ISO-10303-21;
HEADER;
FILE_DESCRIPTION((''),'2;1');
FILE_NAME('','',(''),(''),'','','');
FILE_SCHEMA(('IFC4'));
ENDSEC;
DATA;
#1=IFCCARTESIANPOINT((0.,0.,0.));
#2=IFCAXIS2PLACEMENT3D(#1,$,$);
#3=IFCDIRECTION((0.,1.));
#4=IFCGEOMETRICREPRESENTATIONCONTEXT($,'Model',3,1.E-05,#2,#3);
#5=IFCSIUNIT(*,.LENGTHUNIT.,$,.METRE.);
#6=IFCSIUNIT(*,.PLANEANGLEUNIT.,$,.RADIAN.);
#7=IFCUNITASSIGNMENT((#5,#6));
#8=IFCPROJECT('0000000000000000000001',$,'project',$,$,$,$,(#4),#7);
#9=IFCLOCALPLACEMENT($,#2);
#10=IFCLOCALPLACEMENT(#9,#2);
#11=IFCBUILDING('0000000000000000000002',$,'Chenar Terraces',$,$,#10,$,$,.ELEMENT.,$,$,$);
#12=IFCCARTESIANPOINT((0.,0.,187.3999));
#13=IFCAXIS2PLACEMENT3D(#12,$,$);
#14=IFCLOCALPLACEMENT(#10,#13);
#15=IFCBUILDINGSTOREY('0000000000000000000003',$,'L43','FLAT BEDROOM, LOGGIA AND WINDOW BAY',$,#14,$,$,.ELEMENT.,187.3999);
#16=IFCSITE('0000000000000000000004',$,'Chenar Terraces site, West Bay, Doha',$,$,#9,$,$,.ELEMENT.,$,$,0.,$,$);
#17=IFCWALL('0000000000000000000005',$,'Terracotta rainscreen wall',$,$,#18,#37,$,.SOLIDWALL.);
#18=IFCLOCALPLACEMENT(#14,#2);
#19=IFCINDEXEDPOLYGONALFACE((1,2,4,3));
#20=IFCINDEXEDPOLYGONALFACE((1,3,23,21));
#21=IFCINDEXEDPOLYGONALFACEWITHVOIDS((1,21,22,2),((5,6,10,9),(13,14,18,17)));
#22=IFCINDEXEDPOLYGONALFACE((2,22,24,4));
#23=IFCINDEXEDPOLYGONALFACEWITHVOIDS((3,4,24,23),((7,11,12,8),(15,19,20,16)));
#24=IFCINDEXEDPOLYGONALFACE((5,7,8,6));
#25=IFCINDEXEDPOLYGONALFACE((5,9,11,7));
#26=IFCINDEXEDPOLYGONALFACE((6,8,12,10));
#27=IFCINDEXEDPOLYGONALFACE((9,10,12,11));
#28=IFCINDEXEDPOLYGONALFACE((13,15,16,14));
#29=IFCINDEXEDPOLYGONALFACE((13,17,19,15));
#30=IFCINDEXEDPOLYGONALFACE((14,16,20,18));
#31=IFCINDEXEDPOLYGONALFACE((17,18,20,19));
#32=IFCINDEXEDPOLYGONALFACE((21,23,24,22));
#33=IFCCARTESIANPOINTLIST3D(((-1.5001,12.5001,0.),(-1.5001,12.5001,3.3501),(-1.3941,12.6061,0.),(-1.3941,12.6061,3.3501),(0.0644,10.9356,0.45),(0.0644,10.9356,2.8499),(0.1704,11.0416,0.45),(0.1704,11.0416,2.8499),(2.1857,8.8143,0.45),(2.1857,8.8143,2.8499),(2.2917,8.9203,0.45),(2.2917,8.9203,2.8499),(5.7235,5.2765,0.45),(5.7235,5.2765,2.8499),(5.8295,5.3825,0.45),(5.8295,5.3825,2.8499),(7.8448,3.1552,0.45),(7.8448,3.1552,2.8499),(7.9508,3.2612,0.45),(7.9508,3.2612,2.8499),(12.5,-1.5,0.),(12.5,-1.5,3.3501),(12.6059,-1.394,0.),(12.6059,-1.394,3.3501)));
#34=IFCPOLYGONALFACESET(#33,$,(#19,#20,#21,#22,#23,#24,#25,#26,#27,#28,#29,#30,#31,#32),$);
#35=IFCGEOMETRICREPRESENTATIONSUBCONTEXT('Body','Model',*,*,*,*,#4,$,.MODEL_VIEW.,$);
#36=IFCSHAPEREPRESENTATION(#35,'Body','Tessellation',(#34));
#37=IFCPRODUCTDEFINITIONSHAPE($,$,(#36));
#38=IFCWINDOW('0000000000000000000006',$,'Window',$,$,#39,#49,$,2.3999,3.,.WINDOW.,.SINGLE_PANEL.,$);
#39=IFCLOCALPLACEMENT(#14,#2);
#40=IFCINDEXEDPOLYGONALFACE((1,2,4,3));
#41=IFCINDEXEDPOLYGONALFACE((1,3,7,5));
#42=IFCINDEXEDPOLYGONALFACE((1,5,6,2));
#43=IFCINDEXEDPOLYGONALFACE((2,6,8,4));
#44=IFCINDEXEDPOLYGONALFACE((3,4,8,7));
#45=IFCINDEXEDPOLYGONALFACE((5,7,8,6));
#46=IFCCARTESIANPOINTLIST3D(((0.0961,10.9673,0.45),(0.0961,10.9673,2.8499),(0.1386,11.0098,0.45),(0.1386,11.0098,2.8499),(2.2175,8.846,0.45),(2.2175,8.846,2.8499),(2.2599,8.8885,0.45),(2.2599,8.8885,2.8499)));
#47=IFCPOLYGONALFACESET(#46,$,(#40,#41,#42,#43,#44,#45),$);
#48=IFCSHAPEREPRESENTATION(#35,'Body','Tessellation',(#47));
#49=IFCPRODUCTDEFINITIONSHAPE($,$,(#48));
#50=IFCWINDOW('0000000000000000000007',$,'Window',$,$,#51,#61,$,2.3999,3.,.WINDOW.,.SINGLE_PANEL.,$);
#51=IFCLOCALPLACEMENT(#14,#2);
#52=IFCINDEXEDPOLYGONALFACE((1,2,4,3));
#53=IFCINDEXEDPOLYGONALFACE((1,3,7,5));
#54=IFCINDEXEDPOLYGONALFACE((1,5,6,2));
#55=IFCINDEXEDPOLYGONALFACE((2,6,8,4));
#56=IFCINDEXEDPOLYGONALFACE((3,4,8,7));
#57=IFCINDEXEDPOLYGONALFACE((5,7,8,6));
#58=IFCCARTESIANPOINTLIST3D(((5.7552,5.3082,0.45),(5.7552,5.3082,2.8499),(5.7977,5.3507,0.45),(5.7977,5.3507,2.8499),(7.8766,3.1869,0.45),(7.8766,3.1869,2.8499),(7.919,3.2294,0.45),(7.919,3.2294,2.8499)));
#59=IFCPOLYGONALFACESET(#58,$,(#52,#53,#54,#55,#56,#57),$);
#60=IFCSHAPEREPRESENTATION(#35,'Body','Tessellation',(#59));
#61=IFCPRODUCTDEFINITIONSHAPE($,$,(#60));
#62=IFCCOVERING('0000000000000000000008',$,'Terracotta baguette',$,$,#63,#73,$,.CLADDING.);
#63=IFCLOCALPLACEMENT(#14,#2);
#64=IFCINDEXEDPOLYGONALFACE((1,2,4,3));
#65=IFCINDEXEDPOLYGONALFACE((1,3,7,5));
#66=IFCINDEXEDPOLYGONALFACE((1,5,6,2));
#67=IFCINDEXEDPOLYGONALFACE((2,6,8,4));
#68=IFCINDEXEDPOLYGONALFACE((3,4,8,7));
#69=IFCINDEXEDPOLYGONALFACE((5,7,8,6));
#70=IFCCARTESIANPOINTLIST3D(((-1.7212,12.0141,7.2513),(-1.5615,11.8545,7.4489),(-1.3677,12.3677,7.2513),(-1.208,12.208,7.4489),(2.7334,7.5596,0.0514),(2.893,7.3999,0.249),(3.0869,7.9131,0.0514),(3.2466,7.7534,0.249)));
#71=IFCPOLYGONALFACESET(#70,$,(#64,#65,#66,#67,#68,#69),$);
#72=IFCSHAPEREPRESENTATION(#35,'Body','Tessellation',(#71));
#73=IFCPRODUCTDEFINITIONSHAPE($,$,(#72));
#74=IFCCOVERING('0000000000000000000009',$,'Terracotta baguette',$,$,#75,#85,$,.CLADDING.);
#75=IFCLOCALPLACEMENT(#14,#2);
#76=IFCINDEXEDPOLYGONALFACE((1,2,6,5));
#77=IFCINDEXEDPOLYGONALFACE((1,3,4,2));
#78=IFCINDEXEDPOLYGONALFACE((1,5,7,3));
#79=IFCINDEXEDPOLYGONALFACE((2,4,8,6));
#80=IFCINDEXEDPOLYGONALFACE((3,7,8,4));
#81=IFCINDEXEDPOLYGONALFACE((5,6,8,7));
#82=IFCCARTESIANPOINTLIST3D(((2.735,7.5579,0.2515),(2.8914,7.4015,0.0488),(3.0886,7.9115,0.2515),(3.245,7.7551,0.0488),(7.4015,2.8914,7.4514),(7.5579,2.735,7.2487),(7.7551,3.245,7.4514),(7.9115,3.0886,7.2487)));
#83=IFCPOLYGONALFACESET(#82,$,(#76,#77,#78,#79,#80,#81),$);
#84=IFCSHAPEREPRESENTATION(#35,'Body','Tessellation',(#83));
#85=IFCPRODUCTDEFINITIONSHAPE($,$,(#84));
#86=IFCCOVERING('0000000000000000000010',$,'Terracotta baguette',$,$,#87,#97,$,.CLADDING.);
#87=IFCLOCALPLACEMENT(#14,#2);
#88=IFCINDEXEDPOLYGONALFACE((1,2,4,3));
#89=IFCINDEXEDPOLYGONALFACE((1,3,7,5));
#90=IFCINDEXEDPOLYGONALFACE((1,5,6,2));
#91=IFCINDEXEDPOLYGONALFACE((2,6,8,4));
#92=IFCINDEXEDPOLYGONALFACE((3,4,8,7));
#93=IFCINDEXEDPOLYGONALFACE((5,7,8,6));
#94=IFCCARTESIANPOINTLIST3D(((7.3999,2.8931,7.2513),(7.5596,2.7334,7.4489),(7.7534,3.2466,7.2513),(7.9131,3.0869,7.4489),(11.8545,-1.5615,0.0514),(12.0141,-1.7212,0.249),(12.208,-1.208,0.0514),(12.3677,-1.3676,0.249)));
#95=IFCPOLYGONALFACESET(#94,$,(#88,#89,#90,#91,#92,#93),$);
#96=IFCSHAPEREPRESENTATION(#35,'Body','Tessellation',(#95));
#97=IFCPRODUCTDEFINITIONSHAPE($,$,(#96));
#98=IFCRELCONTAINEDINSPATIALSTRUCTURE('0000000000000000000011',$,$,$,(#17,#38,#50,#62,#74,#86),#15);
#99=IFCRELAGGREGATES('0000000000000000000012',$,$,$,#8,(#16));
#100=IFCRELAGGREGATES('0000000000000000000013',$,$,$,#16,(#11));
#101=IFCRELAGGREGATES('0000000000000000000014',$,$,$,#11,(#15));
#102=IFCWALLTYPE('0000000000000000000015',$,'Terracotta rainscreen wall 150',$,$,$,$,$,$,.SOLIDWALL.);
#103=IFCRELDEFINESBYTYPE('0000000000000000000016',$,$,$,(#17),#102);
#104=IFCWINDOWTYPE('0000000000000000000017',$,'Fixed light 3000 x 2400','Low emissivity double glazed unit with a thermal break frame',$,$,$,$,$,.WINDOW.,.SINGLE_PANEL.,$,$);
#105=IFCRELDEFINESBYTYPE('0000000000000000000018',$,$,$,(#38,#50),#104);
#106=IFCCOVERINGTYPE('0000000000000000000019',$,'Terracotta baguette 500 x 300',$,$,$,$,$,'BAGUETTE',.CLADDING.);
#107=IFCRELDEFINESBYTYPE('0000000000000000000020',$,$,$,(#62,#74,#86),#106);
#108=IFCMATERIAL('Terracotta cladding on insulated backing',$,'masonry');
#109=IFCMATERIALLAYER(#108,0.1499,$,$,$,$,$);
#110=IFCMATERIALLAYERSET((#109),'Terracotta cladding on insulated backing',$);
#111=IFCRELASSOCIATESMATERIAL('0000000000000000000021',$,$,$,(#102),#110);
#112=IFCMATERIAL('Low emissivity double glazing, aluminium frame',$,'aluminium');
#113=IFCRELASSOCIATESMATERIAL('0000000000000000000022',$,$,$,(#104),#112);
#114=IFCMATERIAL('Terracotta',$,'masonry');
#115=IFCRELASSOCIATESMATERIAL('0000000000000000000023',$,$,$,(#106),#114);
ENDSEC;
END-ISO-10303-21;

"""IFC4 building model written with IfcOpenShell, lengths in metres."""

from ifc_helpers import new_model, si_unit, direction, frame, frame_2d, origin, origin_2d, place, context, subcontext, project, spatial, rectangle, extrude, material, layer, layer_set, material_profile, profile_set, type_object, element, fill, save


model = new_model("IFC4")

# Units and contexts
model_context = context("Model", 3, precision=1e-05, world=origin(), true_north=direction((0.0, 1.0)))
body_context = subcontext(model_context, "Body", "Model", "MODEL_VIEW")
ifc_project = project(units=[si_unit("LENGTHUNIT", "METRE"), si_unit("PLANEANGLEUNIT", "RADIAN")], contexts=[model_context])

# Site, building, storey
site_placement = place(None, origin())
site = spatial("IfcSite", under=ifc_project, at=site_placement, Name="Chenar Terraces site, West Bay, Doha", CompositionType="ELEMENT", RefElevation=0.0)
building_placement = place(site_placement, origin())
building = spatial("IfcBuilding", under=site, at=building_placement, Name="Chenar Terraces", CompositionType="ELEMENT")
storey_placement = place(building_placement, frame((0.0, 0.0, 187.3999)))
storey = spatial("IfcBuildingStorey", under=building, at=storey_placement, Name="L43", Description="FLAT BEDROOM, LOGGIA AND WINDOW BAY", CompositionType="ELEMENT", Elevation=187.3999)

# Wall, openings, windows
ifc_material_1 = material(Name="Terracotta cladding on insulated backing", Category="masonry")
ifc_layer_1 = layer(ifc_material_1, 0.1499)
ifc_layer_set_1 = layer_set([ifc_layer_1], Name="Terracotta cladding on insulated backing")
wall_type_1 = type_object("IfcWallType", Name="Terracotta rainscreen wall 150", PredefinedType="SOLIDWALL", material=ifc_layer_set_1)
wall_1_placement = place(storey_placement, frame((-1.447, 12.553, 0.0), z_axis=(0.0, 0.0, 1.0), x_axis=(0.707107, -0.707107, 0.0)))
wall_1 = element("IfcWall", 1, at=wall_1_placement, inside=storey, type_object=wall_type_1, Name="Terracotta rainscreen wall", PredefinedType="SOLIDWALL", context=body_context, shape_type="SweptSolid", body=[
    extrude(rectangle(XDim=19.7991, YDim=0.1499, at=frame_2d((9.8994, 0.0))), origin(), (0.0, 0.0, 1.0), 3.3501),
])
opening_1_placement = place(wall_1_placement, frame((2.2124, 0.0, 0.45)))
opening_1 = element("IfcOpeningElement", 2, at=opening_1_placement, cuts=wall_1, PredefinedType="OPENING", context=body_context, shape_type="SweptSolid", body=[
    extrude(rectangle(XDim=3.0, YDim=2.3999, at=frame_2d((1.5, 1.2))), frame((0.0, 0.085, 0.0), z_axis=(0.0, -1.0, 0.0), x_axis=(1.0, 0.0, 0.0)), (0.0, 0.0, 1.0), 0.1699),
])
opening_2_placement = place(wall_1_placement, frame((10.2156, 0.0, 0.45)))
opening_2 = element("IfcOpeningElement", 3, at=opening_2_placement, cuts=wall_1, PredefinedType="OPENING", context=body_context, shape_type="SweptSolid", body=[
    extrude(rectangle(XDim=3.0, YDim=2.3999, at=frame_2d((1.5, 1.2))), frame((0.0, 0.085, 0.0), z_axis=(0.0, -1.0, 0.0), x_axis=(1.0, 0.0, 0.0)), (0.0, 0.0, 1.0), 0.1699),
])
ifc_material_2 = material(Name="Low emissivity double glazing, aluminium frame", Category="aluminium")
window_type = type_object("IfcWindowType", Name="Fixed light 3000 x 2400", Description="Low emissivity double glazed unit with a thermal break frame", PartitioningType="SINGLE_PANEL", PredefinedType="WINDOW", material=ifc_material_2)
window_1_placement = place(opening_1_placement, origin())
window_1 = element("IfcWindow", 4, at=window_1_placement, inside=storey, type_object=window_type, Name="Window", OverallHeight=2.3999, OverallWidth=3.0, PartitioningType="SINGLE_PANEL", PredefinedType="WINDOW", context=body_context, shape_type="SweptSolid", body=[
    extrude(rectangle(XDim=3.0, YDim=2.3999, at=frame_2d((1.5, 1.2))), frame((0.0, 0.03, 0.0), z_axis=(0.0, -1.0, 0.0), x_axis=(1.0, 0.0, 0.0)), (0.0, 0.0, 1.0), 0.0601),
])
fill(opening_1, window_1)
window_2_placement = place(opening_2_placement, origin())
window_2 = element("IfcWindow", 5, at=window_2_placement, inside=storey, type_object=window_type, Name="Window", OverallHeight=2.3999, OverallWidth=3.0, PartitioningType="SINGLE_PANEL", PredefinedType="WINDOW", context=body_context, shape_type="SweptSolid", body=[
    extrude(rectangle(XDim=3.0, YDim=2.3999, at=frame_2d((1.5, 1.2))), frame((0.0, 0.03, 0.0), z_axis=(0.0, -1.0, 0.0), x_axis=(1.0, 0.0, 0.0)), (0.0, 0.0, 1.0), 0.0601),
])
fill(opening_2, window_2)

# Coverings
ifc_material_3 = material(Name="Terracotta", Category="masonry")
ifc_material_profile = material_profile(ifc_material_3, rectangle(XDim=0.5, YDim=0.3, at=origin_2d()), Name="Terracotta baguette 500 x 300")
ifc_profile_set = profile_set([ifc_material_profile], Name="Terracotta")
covering_type = type_object("IfcCoveringType", Name="Terracotta baguette 500 x 300", ElementType="BAGUETTE", PredefinedType="CLADDING", material=ifc_profile_set)
covering_1_placement = place(storey_placement, frame((-1.4646, 12.1111, 7.3501), z_axis=(0.465624, -0.465624, -0.752588), x_axis=(0.707107, 0.707107, 0.0)))
element("IfcCovering", 6, at=covering_1_placement, inside=storey, type_object=covering_type, Name="Terracotta baguette", PredefinedType="CLADDING", context=body_context, shape_type="SweptSolid", body=[
    extrude(rectangle(XDim=0.5, YDim=0.3, at=origin_2d()), origin(), (0.0, 0.0, 1.0), 9.5669),
])
covering_2_placement = place(storey_placement, frame((2.99, 7.6565, 0.1501), z_axis=(0.477789, -0.477789, 0.737181), x_axis=(0.707107, 0.707107, 0.0)))
element("IfcCovering", 7, at=covering_2_placement, inside=storey, type_object=covering_type, Name="Terracotta baguette", PredefinedType="CLADDING", context=body_context, shape_type="SweptSolid", body=[
    extrude(rectangle(XDim=0.5, YDim=0.3, at=origin_2d()), origin(), (0.0, 0.0, 1.0), 9.7668),
])
covering_3_placement = place(storey_placement, frame((7.6565, 2.99, 7.3501), z_axis=(0.465624, -0.465624, -0.752588), x_axis=(0.707107, 0.707107, 0.0)))
element("IfcCovering", 8, at=covering_3_placement, inside=storey, type_object=covering_type, Name="Terracotta baguette", PredefinedType="CLADDING", context=body_context, shape_type="SweptSolid", body=[
    extrude(rectangle(XDim=0.5, YDim=0.3, at=origin_2d()), origin(), (0.0, 0.0, 1.0), 9.5669),
])

save(model, "model.ifc")
